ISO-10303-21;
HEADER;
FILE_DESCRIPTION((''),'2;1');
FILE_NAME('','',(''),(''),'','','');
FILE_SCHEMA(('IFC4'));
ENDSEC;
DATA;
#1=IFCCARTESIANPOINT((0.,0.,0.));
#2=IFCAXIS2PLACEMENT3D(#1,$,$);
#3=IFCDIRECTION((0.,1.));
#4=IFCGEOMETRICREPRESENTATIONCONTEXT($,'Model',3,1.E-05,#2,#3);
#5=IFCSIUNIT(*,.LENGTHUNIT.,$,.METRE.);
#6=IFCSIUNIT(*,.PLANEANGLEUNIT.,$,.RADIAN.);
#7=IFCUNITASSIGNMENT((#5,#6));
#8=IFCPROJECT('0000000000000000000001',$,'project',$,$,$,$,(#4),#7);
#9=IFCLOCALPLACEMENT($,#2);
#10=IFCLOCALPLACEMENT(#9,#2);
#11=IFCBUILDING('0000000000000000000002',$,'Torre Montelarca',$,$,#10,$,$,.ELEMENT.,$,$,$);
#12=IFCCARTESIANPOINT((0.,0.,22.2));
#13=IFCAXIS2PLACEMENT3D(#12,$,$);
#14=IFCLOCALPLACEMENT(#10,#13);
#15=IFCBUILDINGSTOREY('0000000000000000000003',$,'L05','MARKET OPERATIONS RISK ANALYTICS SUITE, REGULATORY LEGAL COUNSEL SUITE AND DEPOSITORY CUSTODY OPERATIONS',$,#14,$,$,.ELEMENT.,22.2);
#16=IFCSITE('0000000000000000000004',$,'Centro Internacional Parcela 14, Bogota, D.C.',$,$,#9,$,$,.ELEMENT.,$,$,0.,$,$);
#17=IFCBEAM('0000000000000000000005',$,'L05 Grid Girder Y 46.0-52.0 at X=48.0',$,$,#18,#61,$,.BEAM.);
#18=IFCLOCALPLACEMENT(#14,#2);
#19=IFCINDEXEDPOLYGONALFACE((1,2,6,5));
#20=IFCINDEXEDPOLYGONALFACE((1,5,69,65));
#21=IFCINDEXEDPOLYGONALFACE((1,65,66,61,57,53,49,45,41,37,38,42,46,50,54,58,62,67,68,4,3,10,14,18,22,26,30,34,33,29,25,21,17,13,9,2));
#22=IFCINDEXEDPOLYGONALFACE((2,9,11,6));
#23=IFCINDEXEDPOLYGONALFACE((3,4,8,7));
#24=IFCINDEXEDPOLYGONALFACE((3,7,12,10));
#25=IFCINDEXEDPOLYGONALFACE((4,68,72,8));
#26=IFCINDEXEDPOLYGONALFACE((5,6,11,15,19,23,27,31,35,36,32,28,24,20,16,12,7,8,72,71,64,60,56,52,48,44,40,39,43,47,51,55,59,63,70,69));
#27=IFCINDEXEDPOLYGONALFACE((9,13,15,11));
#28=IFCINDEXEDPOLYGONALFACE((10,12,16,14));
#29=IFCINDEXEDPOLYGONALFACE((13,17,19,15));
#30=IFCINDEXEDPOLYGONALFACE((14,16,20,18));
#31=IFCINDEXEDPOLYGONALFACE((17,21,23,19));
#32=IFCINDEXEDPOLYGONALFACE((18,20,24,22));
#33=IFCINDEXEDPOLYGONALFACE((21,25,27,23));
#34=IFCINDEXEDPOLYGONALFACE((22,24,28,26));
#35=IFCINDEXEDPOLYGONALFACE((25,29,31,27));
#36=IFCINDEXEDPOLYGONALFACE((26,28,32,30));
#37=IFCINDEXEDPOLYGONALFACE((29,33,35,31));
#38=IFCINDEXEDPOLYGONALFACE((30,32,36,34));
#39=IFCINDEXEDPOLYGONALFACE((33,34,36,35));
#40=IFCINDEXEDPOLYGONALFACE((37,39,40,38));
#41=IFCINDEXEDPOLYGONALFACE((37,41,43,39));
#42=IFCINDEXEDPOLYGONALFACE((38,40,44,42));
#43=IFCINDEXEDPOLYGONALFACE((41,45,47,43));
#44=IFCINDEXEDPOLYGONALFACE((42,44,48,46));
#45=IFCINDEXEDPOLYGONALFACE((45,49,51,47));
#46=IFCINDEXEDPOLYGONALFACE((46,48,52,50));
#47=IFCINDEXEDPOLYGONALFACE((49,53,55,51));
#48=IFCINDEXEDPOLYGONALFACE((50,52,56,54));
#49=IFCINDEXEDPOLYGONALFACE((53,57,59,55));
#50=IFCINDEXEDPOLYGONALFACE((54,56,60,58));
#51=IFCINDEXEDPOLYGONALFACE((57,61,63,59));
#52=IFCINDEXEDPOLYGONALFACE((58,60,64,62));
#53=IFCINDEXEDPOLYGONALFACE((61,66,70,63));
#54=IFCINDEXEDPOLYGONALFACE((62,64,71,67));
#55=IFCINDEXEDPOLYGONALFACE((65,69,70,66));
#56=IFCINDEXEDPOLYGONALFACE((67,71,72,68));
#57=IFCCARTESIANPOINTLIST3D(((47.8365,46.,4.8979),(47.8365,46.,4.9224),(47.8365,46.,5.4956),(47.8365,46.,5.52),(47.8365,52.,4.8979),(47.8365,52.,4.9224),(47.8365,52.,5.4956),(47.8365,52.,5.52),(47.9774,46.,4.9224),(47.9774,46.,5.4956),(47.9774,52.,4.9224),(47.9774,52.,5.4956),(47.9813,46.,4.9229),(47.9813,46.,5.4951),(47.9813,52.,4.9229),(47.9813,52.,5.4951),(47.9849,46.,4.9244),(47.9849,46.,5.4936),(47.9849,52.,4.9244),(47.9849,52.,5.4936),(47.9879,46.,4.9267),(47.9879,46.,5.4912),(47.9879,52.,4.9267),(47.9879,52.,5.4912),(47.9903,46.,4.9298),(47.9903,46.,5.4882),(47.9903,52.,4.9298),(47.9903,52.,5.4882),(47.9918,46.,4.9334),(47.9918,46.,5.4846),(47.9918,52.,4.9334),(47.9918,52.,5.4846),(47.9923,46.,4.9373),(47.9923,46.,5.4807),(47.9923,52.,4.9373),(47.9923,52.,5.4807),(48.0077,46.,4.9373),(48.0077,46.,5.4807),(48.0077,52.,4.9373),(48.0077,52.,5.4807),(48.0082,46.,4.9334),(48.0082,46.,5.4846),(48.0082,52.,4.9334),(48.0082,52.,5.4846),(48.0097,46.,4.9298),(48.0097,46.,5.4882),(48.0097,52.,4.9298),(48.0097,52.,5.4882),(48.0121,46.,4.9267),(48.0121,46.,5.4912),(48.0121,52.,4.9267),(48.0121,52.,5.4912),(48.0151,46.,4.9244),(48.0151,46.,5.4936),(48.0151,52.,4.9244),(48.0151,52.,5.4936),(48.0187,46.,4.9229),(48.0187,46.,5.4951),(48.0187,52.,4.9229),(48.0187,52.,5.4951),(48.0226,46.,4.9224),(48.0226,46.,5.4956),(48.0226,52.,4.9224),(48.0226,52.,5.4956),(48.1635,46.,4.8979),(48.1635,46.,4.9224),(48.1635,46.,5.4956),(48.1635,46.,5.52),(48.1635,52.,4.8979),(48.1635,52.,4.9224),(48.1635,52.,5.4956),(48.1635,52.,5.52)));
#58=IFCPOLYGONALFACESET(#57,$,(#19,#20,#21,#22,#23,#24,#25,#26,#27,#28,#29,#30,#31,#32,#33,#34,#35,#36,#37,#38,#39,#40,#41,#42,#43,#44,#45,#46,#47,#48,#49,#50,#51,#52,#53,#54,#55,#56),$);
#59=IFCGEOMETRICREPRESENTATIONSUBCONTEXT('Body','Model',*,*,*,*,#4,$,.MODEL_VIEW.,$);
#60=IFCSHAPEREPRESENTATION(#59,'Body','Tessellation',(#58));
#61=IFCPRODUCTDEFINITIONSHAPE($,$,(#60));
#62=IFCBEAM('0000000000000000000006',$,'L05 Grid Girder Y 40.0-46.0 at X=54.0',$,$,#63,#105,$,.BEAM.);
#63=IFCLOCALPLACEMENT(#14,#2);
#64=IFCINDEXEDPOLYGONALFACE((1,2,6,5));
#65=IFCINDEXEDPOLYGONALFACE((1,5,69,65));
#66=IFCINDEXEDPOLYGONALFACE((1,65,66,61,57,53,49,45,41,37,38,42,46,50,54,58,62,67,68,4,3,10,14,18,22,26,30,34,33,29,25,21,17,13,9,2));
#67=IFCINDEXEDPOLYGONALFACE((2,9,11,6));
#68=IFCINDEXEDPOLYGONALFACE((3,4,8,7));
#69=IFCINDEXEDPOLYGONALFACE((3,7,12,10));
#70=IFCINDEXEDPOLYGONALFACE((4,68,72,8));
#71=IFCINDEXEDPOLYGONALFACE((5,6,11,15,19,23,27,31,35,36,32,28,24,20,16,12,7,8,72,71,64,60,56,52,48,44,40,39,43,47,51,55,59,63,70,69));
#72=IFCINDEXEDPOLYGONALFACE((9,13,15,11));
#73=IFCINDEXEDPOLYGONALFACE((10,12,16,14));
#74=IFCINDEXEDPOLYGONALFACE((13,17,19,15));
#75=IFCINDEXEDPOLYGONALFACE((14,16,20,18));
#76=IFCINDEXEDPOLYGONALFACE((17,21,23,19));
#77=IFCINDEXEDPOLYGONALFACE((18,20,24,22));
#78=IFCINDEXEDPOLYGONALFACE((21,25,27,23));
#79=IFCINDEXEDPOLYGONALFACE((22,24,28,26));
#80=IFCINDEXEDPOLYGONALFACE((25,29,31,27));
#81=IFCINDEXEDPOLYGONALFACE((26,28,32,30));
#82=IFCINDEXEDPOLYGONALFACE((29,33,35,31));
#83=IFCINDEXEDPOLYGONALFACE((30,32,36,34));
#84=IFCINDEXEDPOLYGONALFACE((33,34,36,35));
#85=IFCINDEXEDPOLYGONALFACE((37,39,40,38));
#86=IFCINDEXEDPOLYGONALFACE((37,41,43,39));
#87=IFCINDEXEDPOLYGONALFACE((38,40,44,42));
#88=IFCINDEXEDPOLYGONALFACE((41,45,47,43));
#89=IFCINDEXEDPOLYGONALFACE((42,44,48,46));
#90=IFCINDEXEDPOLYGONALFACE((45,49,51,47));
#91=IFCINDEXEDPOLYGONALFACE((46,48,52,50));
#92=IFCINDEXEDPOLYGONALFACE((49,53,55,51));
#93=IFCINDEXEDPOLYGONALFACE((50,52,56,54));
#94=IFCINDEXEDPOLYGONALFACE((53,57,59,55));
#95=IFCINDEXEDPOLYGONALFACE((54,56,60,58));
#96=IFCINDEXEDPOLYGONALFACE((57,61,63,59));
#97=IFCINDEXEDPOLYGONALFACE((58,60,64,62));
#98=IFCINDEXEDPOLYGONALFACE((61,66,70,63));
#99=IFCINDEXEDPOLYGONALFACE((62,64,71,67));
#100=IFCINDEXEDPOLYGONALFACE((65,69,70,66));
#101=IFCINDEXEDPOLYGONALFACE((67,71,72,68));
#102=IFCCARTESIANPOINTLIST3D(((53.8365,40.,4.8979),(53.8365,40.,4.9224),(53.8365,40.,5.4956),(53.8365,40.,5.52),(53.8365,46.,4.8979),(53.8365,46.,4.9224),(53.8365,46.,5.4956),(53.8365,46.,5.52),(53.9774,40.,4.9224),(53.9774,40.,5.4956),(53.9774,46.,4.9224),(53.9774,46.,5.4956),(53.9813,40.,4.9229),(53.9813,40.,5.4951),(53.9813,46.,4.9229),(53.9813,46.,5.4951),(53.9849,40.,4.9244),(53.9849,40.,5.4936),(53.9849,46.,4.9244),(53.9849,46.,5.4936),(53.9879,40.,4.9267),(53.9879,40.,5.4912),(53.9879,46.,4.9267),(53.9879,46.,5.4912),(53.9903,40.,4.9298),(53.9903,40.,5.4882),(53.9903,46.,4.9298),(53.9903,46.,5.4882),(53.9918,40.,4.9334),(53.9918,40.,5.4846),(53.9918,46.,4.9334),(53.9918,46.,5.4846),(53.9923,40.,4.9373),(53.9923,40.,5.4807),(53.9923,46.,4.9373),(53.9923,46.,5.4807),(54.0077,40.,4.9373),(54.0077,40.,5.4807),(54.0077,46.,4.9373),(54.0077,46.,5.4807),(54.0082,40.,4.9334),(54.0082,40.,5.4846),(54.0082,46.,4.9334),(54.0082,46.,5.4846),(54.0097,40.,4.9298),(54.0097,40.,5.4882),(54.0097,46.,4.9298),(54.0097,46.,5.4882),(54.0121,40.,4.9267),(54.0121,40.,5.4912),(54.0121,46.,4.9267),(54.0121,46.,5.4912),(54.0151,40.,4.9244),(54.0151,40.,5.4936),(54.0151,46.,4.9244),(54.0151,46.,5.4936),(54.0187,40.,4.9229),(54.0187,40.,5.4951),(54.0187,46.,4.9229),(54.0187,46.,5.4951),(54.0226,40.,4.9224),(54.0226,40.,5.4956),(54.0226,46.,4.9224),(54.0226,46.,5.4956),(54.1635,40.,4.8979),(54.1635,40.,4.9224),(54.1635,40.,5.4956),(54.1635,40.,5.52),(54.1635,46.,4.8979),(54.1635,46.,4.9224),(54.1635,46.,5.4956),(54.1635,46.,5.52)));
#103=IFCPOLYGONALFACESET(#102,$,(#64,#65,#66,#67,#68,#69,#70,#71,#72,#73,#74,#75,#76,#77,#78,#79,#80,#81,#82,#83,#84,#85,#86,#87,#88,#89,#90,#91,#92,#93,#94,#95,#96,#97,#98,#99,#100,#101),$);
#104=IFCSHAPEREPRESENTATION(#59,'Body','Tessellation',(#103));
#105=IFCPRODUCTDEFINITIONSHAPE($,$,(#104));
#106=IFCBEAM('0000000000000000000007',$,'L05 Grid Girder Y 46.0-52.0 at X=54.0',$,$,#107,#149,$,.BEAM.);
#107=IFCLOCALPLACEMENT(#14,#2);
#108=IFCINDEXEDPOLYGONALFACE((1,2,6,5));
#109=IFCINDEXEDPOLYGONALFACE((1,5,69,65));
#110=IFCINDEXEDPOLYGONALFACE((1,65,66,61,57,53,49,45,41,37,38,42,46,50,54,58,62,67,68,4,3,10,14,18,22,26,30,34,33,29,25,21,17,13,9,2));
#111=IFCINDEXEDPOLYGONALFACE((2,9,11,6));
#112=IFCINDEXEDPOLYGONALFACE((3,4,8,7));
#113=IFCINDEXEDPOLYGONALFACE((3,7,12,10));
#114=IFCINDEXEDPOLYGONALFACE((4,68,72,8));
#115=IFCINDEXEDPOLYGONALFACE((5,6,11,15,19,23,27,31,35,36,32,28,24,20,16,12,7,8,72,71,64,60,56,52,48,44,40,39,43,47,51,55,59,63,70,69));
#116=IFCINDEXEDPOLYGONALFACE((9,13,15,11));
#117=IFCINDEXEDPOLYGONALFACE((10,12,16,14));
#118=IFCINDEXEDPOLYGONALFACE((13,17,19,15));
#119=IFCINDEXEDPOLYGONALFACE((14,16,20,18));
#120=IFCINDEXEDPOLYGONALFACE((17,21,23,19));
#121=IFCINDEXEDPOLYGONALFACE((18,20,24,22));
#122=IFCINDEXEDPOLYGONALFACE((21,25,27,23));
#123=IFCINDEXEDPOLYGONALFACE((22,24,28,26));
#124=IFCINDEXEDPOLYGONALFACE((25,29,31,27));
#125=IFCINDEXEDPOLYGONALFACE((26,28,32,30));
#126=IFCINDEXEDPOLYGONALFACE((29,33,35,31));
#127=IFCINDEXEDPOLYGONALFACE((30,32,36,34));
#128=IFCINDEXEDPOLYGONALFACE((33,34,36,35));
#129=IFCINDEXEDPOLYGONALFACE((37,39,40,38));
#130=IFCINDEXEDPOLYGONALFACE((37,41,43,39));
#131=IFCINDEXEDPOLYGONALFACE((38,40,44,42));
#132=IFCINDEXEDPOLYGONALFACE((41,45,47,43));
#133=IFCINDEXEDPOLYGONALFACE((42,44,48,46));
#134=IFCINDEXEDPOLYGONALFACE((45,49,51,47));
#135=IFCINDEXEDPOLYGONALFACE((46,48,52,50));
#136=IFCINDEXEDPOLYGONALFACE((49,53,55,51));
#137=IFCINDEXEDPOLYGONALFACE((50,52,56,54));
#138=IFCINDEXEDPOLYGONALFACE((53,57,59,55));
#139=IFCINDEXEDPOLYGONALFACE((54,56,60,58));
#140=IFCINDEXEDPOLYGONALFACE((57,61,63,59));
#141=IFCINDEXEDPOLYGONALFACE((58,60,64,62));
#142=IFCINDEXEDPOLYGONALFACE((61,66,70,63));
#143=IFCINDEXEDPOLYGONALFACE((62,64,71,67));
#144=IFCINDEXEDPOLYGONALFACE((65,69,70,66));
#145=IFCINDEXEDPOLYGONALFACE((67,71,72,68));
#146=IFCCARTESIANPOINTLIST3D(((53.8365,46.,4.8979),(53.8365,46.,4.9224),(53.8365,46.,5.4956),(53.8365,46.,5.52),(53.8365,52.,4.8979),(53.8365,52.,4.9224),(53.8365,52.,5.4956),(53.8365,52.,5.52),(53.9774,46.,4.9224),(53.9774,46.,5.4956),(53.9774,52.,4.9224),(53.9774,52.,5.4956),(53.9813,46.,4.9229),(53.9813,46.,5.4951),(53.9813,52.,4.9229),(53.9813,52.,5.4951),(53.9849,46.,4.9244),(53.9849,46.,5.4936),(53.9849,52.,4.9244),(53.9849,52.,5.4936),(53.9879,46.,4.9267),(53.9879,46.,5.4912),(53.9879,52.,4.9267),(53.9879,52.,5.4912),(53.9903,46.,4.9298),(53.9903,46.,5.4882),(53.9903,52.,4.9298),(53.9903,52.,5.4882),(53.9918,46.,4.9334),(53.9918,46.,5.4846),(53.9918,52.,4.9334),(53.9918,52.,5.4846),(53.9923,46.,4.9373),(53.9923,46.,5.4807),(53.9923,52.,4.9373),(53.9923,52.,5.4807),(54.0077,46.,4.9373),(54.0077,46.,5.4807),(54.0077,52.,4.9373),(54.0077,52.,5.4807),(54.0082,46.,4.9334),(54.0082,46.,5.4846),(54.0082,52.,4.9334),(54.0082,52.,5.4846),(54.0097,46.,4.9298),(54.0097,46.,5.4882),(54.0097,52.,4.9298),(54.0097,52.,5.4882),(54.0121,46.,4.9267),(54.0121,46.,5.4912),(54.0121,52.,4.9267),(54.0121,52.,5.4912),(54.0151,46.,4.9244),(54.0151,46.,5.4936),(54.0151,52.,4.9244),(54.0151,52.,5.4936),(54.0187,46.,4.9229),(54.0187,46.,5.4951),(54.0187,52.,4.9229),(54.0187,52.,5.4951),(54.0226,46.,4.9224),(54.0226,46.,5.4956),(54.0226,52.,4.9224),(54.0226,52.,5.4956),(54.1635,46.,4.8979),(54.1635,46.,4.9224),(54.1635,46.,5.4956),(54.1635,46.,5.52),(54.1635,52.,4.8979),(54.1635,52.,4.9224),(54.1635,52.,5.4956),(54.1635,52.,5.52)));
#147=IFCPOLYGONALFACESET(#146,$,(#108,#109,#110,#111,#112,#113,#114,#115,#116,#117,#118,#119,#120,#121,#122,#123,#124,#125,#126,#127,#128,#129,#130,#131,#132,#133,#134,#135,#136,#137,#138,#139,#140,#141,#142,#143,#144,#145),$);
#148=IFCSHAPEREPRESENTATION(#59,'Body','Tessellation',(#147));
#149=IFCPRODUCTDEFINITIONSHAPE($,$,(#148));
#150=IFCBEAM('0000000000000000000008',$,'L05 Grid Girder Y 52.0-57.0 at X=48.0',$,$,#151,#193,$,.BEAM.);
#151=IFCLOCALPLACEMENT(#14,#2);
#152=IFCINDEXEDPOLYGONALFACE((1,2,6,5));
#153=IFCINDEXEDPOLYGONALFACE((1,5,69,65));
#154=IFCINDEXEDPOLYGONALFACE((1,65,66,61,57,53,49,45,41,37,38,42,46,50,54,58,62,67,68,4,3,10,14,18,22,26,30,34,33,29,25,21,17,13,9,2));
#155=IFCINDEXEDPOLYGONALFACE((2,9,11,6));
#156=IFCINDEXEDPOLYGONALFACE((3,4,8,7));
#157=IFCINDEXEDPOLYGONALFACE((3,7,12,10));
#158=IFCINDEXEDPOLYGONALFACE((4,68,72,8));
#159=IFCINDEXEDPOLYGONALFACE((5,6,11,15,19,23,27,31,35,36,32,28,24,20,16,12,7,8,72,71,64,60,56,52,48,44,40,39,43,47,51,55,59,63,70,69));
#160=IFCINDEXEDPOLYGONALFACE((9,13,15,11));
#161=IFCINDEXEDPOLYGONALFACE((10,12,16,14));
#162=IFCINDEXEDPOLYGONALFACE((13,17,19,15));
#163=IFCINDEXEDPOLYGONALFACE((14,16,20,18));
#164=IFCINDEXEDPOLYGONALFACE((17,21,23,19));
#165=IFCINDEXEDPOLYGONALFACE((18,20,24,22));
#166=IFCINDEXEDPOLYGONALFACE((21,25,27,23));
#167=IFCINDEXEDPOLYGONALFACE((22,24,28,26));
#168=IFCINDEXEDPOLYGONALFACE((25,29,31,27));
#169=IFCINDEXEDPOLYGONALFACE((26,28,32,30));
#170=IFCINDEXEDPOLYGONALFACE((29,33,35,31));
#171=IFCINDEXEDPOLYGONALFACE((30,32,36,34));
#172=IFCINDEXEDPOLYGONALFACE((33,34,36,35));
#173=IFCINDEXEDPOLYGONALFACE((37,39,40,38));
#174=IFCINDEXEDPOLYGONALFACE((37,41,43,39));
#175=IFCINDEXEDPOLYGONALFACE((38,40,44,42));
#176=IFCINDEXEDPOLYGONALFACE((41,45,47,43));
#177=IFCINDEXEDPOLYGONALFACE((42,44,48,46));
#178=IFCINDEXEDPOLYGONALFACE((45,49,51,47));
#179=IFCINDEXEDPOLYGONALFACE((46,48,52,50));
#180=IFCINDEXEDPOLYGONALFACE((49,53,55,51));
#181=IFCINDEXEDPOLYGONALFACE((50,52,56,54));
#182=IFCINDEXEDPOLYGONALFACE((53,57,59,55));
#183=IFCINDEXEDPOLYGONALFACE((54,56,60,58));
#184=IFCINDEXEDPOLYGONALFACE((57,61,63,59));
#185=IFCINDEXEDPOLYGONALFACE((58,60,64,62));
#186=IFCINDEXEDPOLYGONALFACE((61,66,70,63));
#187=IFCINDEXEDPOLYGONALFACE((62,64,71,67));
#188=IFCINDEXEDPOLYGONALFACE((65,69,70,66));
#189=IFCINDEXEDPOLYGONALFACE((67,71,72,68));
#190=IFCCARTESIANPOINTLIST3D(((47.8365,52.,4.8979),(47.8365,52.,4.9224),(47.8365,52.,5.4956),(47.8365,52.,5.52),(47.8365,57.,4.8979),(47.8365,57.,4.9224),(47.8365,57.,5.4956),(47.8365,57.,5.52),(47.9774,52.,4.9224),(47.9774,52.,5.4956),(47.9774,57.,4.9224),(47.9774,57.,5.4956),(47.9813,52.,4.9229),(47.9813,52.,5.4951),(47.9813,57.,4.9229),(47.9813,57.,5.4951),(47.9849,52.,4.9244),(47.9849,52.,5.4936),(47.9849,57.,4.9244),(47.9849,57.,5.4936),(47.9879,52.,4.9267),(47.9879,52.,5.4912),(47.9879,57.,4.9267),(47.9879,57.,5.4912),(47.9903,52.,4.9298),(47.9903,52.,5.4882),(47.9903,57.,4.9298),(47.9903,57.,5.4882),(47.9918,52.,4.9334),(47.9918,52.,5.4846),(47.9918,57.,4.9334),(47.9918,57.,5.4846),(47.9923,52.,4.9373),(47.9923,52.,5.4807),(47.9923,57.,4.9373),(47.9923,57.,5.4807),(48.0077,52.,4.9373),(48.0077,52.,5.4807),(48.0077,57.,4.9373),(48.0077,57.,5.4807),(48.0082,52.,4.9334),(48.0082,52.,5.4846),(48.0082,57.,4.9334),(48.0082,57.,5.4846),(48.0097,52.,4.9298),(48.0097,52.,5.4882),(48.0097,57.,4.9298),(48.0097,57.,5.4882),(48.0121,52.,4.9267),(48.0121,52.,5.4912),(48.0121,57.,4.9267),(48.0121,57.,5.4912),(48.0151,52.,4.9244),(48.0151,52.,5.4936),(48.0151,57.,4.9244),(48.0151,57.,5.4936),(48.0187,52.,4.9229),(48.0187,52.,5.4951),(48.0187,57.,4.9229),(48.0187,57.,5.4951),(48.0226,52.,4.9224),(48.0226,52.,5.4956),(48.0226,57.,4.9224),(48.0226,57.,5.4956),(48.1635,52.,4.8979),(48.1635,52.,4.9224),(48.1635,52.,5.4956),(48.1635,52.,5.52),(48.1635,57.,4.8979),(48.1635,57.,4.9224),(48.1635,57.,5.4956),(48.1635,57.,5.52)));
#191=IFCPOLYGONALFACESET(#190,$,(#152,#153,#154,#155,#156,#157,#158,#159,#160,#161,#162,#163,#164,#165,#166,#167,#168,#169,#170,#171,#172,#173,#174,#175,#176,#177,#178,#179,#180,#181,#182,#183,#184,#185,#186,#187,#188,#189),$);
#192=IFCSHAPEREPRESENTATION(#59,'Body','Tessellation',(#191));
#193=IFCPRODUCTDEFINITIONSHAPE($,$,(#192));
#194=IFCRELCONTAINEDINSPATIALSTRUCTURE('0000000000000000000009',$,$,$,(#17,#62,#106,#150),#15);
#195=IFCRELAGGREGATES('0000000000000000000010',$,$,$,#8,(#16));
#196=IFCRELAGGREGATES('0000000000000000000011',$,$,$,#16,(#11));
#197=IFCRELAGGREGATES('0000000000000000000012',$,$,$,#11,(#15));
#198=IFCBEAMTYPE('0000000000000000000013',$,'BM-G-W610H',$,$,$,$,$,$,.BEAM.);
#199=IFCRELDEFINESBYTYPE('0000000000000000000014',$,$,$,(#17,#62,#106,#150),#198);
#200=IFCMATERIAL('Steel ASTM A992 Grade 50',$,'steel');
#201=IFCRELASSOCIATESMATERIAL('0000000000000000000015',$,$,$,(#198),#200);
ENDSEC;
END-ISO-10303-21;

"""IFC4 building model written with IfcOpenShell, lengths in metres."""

from ifc_helpers import new_model, si_unit, direction, frame, origin, origin_2d, place, context, subcontext, project, spatial, i_section, extrude, source, transform, mapped, material, material_profile, profile_set, type_object, element, save


model = new_model("IFC4")

# Units and contexts
model_context = context("Model", 3, precision=1e-05, world=origin(), true_north=direction((0.0, 1.0)))
body_context = subcontext(model_context, "Body", "Model", "MODEL_VIEW")
ifc_project = project(units=[si_unit("LENGTHUNIT", "METRE"), si_unit("PLANEANGLEUNIT", "RADIAN")], contexts=[model_context])

# Site, building, storey
site_placement = place(None, origin())
site = spatial("IfcSite", under=ifc_project, at=site_placement, Name="Centro Internacional Parcela 14, Bogota, D.C.", CompositionType="ELEMENT", RefElevation=0.0)
building_placement = place(site_placement, origin())
building = spatial("IfcBuilding", under=site, at=building_placement, Name="Torre Montelarca", CompositionType="ELEMENT")
storey_placement = place(building_placement, frame((0.0, 0.0, 22.2)))
storey = spatial("IfcBuildingStorey", under=building, at=storey_placement, Name="L05", Description="MARKET OPERATIONS RISK ANALYTICS SUITE, REGULATORY LEGAL COUNSEL SUITE AND DEPOSITORY CUSTODY OPERATIONS", CompositionType="ELEMENT", Elevation=22.2)

# Shared definitions
ifc_material_1 = material(Name="Steel ASTM A992 Grade 50", Category="steel")

# Beams
ifc_material_profile_1 = material_profile(ifc_material_1, i_section(OverallWidth=0.3269, OverallDepth=0.6221, WebThickness=0.0154, FlangeThickness=0.0244, FilletRadius=0.0149, at=origin_2d()), Name="W610X195", Category="steel")
ifc_profile_set_1 = profile_set([ifc_material_profile_1], Name="Steel ASTM A992 Grade 50")
beam_type_1 = type_object("IfcBeamType", Name="BM-G-W610H", PredefinedType="BEAM", material=ifc_profile_set_1)
shared_shape_1 = source(origin(), body_context, "Body", "SweptSolid", [
    extrude(i_section(OverallWidth=0.3269, OverallDepth=0.6221, WebThickness=0.0154, FlangeThickness=0.0244, FilletRadius=0.0149, at=origin_2d()), origin(), (0.0, 0.0, 1.0), 6.0),
])
for number, where, z_axis, x_axis, name in (
    (1, (48.0, 46.0, 5.209), (0.0, 1.0, 0.0), (-1.0, 0.0, 0.0), "L05 Grid Girder Y 46.0-52.0 at X=48.0"),
    (2, (54.0, 40.0, 5.209), (0.0, 1.0, 0.0), (-1.0, 0.0, 0.0), "L05 Grid Girder Y 40.0-46.0 at X=54.0"),
    (3, (54.0, 46.0, 5.209), (0.0, 1.0, 0.0), (-1.0, 0.0, 0.0), "L05 Grid Girder Y 46.0-52.0 at X=54.0"),
):
    element("IfcBeam", number, at=place(storey_placement, frame(where, z_axis=z_axis, x_axis=x_axis)), inside=storey, type_object=beam_type_1, Name=name, PredefinedType="BEAM", context=body_context, shape_type="MappedRepresentation", body=[
        mapped(shared_shape_1, transform((0.0, 0.0, 0.0), scale=1.0)),
    ])
shared_shape_2 = source(origin(), body_context, "Body", "SweptSolid", [
    extrude(i_section(OverallWidth=0.3269, OverallDepth=0.6221, WebThickness=0.0154, FlangeThickness=0.0244, FilletRadius=0.0149, at=origin_2d()), origin(), (0.0, 0.0, 1.0), 5.0),
])
for number, where, z_axis, x_axis, name in (
    (4, (48.0, 52.0, 5.209), (0.0, 1.0, 0.0), (-1.0, 0.0, 0.0), "L05 Grid Girder Y 52.0-57.0 at X=48.0"),
):
    element("IfcBeam", number, at=place(storey_placement, frame(where, z_axis=z_axis, x_axis=x_axis)), inside=storey, type_object=beam_type_1, Name=name, PredefinedType="BEAM", context=body_context, shape_type="MappedRepresentation", body=[
        mapped(shared_shape_2, transform((0.0, 0.0, 0.0), scale=1.0)),
    ])

save(model, "model.ifc")
